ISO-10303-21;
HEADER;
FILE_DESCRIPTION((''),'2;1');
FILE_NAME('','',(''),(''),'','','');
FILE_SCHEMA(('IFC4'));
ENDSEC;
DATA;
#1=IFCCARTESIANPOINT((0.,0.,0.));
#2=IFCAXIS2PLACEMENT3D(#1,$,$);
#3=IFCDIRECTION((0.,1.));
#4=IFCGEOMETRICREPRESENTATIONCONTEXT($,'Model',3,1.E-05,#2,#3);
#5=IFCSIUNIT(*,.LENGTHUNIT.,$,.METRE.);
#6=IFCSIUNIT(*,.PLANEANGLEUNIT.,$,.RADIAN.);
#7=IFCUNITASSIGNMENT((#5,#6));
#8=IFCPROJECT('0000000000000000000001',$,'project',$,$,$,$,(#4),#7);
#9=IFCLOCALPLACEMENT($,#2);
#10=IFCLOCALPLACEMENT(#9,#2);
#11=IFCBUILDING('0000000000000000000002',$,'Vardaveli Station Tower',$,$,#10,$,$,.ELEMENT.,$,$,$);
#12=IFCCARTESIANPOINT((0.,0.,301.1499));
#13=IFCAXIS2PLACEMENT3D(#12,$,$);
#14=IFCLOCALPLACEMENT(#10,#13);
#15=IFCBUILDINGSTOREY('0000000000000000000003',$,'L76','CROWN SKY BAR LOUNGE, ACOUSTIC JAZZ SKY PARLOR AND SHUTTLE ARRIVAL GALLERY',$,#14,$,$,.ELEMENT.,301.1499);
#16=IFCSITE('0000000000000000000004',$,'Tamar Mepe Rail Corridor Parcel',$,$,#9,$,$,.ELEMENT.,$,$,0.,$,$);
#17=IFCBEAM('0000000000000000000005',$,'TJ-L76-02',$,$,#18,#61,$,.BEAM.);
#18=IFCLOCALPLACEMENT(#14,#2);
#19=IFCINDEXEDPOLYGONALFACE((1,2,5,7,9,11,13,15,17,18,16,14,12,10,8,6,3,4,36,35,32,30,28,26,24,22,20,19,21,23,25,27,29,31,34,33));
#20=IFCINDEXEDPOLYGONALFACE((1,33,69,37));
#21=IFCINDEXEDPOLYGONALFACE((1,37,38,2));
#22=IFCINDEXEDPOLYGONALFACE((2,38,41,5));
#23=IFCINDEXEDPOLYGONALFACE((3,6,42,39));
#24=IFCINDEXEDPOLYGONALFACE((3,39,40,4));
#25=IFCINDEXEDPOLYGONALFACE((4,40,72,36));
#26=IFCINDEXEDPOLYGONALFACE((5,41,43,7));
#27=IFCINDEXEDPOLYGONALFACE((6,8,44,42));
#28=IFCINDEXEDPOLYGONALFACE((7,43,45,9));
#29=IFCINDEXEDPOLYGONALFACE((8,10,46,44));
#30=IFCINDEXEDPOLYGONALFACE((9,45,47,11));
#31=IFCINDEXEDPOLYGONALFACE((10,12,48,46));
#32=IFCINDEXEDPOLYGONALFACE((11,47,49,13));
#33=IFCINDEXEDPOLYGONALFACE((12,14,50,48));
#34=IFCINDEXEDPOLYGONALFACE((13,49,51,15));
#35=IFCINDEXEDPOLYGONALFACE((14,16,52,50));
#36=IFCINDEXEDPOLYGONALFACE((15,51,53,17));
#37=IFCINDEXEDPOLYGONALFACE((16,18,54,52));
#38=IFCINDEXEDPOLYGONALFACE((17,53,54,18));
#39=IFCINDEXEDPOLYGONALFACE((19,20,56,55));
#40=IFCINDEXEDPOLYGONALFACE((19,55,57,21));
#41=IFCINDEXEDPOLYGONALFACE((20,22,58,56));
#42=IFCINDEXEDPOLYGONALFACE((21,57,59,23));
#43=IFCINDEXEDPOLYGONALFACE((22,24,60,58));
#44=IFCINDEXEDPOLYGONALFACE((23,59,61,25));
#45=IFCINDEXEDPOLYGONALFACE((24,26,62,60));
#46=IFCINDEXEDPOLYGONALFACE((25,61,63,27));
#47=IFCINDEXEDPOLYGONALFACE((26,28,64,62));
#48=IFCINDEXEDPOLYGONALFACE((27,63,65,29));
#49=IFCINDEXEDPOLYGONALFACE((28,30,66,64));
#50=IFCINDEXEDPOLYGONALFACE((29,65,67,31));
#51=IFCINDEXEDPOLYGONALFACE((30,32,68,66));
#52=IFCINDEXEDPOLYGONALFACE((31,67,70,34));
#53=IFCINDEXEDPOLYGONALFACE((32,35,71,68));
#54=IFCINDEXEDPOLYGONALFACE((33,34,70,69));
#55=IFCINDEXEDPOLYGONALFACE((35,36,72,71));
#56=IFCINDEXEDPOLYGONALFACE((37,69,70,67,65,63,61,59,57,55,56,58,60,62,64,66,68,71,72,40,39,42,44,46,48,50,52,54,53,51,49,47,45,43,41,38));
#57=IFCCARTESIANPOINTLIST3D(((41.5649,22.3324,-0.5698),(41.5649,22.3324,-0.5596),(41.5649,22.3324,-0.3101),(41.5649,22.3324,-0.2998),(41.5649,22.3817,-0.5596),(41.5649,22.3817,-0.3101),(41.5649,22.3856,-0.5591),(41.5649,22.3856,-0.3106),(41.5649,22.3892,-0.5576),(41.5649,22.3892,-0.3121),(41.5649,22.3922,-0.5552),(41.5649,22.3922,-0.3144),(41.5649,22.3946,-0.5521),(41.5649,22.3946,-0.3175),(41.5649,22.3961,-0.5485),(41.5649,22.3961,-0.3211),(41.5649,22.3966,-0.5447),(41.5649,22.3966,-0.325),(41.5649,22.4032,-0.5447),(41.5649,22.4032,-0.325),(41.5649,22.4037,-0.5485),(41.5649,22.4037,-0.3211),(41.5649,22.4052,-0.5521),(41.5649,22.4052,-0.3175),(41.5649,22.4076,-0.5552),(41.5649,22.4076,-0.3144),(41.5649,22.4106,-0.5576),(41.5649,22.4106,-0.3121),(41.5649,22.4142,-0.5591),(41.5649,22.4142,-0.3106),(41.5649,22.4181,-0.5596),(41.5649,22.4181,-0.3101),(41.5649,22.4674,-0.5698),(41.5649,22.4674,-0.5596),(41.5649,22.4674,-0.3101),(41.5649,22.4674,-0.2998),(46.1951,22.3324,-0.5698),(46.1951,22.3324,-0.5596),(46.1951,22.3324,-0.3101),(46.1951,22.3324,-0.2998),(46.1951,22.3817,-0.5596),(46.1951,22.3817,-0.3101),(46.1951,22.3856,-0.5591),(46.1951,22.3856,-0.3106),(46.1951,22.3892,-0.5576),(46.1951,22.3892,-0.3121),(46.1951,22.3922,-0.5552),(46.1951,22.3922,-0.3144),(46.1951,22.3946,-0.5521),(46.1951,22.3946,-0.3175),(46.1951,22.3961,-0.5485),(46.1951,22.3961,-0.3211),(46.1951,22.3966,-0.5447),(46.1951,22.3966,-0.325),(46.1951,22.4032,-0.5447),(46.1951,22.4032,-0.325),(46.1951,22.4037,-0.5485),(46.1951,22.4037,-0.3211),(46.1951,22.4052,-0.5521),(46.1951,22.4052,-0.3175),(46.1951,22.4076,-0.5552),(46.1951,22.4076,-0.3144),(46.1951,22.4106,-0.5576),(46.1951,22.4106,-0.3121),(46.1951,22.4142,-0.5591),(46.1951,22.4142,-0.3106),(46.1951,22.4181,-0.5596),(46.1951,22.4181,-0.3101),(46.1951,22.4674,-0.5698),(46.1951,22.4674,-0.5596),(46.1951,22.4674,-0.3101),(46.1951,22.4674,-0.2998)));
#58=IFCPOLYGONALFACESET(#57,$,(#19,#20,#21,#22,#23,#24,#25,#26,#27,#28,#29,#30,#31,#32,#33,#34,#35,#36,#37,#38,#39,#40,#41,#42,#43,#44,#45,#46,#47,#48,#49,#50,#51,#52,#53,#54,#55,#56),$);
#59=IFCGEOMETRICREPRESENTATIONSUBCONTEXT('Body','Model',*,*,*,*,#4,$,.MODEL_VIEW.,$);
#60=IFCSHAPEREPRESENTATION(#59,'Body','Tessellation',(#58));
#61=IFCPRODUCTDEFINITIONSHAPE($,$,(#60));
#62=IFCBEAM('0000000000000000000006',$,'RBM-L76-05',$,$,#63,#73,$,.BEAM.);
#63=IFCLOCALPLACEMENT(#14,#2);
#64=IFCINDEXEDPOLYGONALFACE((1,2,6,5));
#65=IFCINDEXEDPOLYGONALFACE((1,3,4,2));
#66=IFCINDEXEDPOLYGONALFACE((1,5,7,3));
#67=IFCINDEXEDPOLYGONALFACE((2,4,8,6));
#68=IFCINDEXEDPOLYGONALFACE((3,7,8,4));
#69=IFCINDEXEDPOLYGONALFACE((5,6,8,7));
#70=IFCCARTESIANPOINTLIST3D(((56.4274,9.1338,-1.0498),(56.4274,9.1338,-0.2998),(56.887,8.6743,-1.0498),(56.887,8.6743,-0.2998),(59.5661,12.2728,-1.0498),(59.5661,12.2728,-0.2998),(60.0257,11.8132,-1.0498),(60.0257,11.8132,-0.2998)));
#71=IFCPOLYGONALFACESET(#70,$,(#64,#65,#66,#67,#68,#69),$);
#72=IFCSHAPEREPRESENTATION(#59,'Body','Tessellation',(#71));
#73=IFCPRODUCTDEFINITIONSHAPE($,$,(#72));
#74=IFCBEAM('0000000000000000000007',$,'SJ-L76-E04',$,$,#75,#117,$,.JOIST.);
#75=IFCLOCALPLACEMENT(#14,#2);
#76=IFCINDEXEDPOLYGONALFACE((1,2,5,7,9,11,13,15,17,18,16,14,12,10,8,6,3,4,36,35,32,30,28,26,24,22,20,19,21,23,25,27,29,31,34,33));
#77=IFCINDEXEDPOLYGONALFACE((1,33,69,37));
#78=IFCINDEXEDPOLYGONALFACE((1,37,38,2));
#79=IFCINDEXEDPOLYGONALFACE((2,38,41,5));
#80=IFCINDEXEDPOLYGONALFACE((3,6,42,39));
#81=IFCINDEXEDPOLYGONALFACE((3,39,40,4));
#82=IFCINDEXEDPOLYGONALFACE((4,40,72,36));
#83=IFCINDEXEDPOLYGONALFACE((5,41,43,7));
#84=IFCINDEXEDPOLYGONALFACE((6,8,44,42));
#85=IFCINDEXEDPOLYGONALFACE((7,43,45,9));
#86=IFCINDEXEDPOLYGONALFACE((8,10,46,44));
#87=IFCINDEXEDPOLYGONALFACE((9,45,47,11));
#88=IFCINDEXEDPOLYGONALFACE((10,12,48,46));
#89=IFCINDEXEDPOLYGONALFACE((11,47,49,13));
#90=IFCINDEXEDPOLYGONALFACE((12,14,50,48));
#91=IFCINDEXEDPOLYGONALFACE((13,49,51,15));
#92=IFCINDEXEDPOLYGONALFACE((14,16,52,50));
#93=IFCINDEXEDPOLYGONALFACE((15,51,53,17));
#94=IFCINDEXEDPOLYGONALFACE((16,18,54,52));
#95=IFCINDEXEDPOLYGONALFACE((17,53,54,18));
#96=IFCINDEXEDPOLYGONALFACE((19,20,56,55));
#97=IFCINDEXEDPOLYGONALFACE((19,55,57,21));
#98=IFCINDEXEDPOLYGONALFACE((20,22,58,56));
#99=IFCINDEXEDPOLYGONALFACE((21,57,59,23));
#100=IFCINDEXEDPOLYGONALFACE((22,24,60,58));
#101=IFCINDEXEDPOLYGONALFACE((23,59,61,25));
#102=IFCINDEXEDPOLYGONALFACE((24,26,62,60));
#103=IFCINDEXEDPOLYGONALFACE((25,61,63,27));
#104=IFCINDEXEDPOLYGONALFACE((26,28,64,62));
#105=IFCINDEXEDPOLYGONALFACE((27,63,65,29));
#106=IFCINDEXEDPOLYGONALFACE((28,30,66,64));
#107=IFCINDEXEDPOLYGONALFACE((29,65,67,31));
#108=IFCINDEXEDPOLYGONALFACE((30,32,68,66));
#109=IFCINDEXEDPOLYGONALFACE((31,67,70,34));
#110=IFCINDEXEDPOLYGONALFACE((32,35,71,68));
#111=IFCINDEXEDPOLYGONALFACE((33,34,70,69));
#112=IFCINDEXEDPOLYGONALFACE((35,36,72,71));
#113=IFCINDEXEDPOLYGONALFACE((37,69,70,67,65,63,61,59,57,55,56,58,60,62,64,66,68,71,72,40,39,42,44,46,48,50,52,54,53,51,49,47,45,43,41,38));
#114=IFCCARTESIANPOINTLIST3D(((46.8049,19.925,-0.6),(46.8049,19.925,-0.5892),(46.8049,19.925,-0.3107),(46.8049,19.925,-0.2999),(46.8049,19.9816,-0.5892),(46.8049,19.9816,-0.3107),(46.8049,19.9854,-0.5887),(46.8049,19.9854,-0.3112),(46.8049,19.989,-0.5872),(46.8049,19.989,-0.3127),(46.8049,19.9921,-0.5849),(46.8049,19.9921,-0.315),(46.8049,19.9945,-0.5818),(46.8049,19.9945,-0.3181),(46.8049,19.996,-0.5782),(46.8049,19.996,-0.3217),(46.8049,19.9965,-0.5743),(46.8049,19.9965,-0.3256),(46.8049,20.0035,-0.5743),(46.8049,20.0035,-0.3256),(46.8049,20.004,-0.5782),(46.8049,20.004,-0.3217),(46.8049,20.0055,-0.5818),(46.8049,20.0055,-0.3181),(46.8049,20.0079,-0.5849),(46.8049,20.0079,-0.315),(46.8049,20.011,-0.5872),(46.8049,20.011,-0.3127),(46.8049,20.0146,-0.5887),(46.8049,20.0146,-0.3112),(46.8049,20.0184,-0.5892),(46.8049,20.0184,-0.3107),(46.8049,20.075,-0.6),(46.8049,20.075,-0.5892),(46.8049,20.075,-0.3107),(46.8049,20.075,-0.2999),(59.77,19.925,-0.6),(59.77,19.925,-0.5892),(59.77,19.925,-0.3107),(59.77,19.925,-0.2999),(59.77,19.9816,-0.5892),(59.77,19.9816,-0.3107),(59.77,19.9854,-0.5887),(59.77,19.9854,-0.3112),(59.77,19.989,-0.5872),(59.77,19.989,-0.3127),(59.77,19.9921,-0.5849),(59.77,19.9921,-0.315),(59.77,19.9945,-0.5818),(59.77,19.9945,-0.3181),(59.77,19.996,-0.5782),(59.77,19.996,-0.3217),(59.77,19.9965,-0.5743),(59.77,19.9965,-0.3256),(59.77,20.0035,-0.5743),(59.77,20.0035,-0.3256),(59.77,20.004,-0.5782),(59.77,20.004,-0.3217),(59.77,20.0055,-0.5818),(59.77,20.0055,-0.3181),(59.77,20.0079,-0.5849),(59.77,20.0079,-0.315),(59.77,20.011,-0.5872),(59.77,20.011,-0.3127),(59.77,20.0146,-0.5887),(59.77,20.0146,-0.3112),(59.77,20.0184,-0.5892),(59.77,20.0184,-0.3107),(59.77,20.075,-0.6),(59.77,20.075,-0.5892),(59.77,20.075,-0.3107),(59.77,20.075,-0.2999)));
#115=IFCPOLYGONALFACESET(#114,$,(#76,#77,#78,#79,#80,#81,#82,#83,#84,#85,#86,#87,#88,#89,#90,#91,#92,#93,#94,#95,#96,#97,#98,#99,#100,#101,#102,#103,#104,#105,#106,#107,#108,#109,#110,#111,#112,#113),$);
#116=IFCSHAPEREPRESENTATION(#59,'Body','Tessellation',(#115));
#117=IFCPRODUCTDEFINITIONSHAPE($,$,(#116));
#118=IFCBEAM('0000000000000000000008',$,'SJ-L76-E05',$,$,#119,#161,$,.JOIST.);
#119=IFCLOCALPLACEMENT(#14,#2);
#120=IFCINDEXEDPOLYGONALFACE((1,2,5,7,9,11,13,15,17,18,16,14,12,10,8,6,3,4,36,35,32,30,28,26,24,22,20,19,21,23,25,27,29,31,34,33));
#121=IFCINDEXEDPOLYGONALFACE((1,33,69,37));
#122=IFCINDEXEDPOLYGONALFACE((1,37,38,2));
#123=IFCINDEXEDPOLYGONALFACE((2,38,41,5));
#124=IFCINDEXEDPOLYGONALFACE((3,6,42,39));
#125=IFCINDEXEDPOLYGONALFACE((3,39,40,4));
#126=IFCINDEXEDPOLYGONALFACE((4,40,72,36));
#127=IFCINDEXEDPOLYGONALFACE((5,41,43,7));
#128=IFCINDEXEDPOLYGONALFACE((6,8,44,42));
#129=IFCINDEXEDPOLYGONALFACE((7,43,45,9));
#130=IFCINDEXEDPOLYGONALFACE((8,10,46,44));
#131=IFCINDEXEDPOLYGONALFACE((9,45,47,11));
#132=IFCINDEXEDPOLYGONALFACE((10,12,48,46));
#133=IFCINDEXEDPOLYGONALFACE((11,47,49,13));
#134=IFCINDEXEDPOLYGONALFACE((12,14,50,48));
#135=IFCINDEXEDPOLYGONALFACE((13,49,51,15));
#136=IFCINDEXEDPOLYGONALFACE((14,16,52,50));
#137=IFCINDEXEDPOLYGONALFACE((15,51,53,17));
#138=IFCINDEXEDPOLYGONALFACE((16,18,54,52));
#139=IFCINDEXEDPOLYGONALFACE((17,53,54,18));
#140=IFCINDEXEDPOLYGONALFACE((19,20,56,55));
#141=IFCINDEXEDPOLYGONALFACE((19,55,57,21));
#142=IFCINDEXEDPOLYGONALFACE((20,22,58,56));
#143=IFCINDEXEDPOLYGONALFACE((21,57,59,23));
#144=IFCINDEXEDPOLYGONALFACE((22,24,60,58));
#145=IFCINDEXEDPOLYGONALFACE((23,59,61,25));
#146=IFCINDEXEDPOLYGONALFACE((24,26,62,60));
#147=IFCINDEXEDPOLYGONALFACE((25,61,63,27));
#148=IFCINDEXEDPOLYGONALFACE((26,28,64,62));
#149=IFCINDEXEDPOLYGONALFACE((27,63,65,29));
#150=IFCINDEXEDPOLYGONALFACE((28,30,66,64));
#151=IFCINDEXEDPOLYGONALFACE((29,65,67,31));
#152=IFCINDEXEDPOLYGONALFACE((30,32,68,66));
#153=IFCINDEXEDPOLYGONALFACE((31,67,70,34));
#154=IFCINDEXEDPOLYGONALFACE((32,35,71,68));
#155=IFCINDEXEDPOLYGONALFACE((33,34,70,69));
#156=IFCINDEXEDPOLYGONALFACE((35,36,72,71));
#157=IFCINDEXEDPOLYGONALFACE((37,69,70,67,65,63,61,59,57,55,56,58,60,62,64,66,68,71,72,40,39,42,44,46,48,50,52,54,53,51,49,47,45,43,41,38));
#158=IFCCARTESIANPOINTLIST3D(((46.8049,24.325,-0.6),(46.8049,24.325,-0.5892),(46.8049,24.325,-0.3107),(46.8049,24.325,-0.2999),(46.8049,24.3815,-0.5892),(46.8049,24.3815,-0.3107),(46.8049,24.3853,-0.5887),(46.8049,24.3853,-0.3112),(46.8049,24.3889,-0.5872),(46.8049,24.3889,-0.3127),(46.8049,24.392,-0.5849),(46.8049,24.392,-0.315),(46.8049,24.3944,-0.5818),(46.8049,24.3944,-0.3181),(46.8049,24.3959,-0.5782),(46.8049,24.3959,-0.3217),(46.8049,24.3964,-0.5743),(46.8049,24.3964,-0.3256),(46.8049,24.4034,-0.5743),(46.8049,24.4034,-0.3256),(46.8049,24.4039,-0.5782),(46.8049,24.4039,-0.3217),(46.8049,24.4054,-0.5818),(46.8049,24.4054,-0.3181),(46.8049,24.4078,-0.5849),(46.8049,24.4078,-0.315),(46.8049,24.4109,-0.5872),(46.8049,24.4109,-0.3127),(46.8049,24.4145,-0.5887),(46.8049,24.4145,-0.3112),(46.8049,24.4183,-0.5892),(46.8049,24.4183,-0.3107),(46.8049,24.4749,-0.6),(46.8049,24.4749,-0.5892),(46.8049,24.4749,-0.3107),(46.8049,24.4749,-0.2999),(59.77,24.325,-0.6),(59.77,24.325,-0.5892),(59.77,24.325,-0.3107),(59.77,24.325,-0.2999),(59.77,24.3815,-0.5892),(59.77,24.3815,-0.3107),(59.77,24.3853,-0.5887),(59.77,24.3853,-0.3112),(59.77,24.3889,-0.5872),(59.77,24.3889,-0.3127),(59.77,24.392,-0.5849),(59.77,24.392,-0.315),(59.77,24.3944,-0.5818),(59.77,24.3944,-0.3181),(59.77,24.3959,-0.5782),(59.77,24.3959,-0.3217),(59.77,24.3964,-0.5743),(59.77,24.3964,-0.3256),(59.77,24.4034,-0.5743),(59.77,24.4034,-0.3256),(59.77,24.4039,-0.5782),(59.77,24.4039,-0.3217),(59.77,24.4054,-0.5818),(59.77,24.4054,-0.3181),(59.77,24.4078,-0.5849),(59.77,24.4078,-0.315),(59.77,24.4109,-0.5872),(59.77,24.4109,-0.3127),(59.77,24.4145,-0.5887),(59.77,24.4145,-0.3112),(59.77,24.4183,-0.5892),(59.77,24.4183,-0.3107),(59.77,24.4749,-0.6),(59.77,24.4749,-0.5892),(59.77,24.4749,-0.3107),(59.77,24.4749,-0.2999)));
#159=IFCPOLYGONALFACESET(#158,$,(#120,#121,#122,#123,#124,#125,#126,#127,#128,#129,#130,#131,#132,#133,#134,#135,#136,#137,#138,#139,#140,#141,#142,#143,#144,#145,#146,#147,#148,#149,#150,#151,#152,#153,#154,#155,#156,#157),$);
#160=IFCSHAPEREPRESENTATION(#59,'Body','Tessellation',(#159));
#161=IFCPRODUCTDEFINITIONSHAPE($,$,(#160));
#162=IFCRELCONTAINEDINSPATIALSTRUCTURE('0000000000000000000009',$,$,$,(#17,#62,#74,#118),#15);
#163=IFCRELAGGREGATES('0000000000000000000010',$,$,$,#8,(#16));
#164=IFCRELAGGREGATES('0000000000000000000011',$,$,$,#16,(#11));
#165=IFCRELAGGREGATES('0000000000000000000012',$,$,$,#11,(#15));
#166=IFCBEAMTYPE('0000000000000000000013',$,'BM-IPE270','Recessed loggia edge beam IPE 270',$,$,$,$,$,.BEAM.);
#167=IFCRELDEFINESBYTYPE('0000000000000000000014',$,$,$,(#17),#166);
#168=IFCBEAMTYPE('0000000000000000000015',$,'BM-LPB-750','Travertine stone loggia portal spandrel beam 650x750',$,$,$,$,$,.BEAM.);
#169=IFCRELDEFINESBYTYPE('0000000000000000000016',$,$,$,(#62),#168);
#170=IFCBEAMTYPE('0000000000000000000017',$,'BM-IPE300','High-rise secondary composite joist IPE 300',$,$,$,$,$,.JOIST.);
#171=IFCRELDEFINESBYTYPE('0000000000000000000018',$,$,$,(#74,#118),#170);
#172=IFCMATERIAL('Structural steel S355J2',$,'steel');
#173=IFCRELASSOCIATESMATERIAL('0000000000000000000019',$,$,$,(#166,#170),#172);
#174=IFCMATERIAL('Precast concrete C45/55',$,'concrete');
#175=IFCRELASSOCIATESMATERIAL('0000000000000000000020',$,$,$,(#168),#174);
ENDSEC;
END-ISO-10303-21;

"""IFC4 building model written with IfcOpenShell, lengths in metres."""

from ifc_helpers import new_model, si_unit, direction, frame, origin, origin_2d, place, context, subcontext, project, spatial, rectangle, i_section, extrude, source, transform, mapped, material, material_profile, profile_set, type_object, element, save


model = new_model("IFC4")

# Units and contexts
model_context = context("Model", 3, precision=1e-05, world=origin(), true_north=direction((0.0, 1.0)))
body_context = subcontext(model_context, "Body", "Model", "MODEL_VIEW")
ifc_project = project(units=[si_unit("LENGTHUNIT", "METRE"), si_unit("PLANEANGLEUNIT", "RADIAN")], contexts=[model_context])

# Site, building, storey
site_placement = place(None, origin())
site = spatial("IfcSite", under=ifc_project, at=site_placement, Name="Tamar Mepe Rail Corridor Parcel", CompositionType="ELEMENT", RefElevation=0.0)
building_placement = place(site_placement, origin())
building = spatial("IfcBuilding", under=site, at=building_placement, Name="Vardaveli Station Tower", CompositionType="ELEMENT")
storey_placement = place(building_placement, frame((0.0, 0.0, 301.1499)))
storey = spatial("IfcBuildingStorey", under=building, at=storey_placement, Name="L76", Description="CROWN SKY BAR LOUNGE, ACOUSTIC JAZZ SKY PARLOR AND SHUTTLE ARRIVAL GALLERY", CompositionType="ELEMENT", Elevation=301.1499)

# Beams
ifc_material_1 = material(Name="Structural steel S355J2", Category="steel")
ifc_material_profile_1 = material_profile(ifc_material_1, i_section(OverallWidth=0.135, OverallDepth=0.27, WebThickness=0.0066, FlangeThickness=0.0103, FilletRadius=0.0149, at=origin_2d()), Name="IPE 270")
ifc_profile_set_1 = profile_set([ifc_material_profile_1], Name="Structural steel S355J2")
beam_type_1 = type_object("IfcBeamType", Name="BM-IPE270", Description="Recessed loggia edge beam IPE 270", PredefinedType="BEAM", material=ifc_profile_set_1)
shared_shape_1 = source(origin(), body_context, "Body", "SweptSolid", [
    extrude(i_section(OverallWidth=0.135, OverallDepth=0.27, WebThickness=0.0066, FlangeThickness=0.0103, FilletRadius=0.0149, at=origin_2d()), origin(), (0.0, 0.0, 1.0), 4.6301),
])
for number, where, z_axis, x_axis, name in (
    (1, (41.5649, 22.3999, -0.4348), (1.0, 0.0, 0.0), (0.0, 1.0, 0.0), "TJ-L76-02"),
):
    element("IfcBeam", number, at=place(storey_placement, frame(where, z_axis=z_axis, x_axis=x_axis)), inside=storey, type_object=beam_type_1, Name=name, PredefinedType="BEAM", context=body_context, shape_type="MappedRepresentation", body=[
        mapped(shared_shape_1, transform((0.0, 0.0, 0.0), scale=1.0)),
    ])
ifc_material_2 = material(Name="Precast concrete C45/55", Category="concrete")
ifc_material_profile_2 = material_profile(ifc_material_2, rectangle(XDim=0.6499, YDim=0.75, at=origin_2d()), Name="LPB 650x750")
ifc_profile_set_2 = profile_set([ifc_material_profile_2], Name="Precast concrete C45/55")
beam_type_2 = type_object("IfcBeamType", Name="BM-LPB-750", Description="Travertine stone loggia portal spandrel beam 650x750", PredefinedType="BEAM", material=ifc_profile_set_2)
shared_shape_2 = source(origin(), body_context, "Body", "SweptSolid", [
    extrude(rectangle(XDim=0.6499, YDim=0.75, at=origin_2d()), origin(), (0.0, 0.0, 1.0), 4.439),
])
beam_1_placement = place(storey_placement, frame((56.6572, 8.9041, -0.6748), z_axis=(0.707079, 0.707134, 0.0), x_axis=(-0.707134, 0.707079, 0.0)))
element("IfcBeam", 2, at=beam_1_placement, inside=storey, type_object=beam_type_2, Name="RBM-L76-05", PredefinedType="BEAM", context=body_context, shape_type="MappedRepresentation", body=[
    mapped(shared_shape_2, transform((0.0, 0.0, 0.0), scale=1.0)),
])
ifc_material_profile_3 = material_profile(ifc_material_1, i_section(OverallWidth=0.1499, OverallDepth=0.3, WebThickness=0.0071, FlangeThickness=0.0107, FilletRadius=0.0149, at=origin_2d()), Name="IPE 300")
ifc_profile_set_3 = profile_set([ifc_material_profile_3], Name="Structural steel S355J2")
beam_type_3 = type_object("IfcBeamType", Name="BM-IPE300", Description="High-rise secondary composite joist IPE 300", PredefinedType="JOIST", material=ifc_profile_set_3)
shared_shape_3 = source(origin(), body_context, "Body", "SweptSolid", [
    extrude(i_section(OverallWidth=0.1499, OverallDepth=0.3, WebThickness=0.0071, FlangeThickness=0.0107, FilletRadius=0.0149, at=origin_2d()), origin(), (0.0, 0.0, 1.0), 12.9651),
])
for number, where, z_axis, x_axis, name in (
    (3, (46.8049, 20.0, -0.45), (1.0, 0.0, 0.0), (0.0, 1.0, 0.0), "SJ-L76-E04"),
    (4, (46.8049, 24.3999, -0.45), (1.0, 0.0, 0.0), (0.0, 1.0, 0.0), "SJ-L76-E05"),
):
    element("IfcBeam", number, at=place(storey_placement, frame(where, z_axis=z_axis, x_axis=x_axis)), inside=storey, type_object=beam_type_3, Name=name, PredefinedType="JOIST", context=body_context, shape_type="MappedRepresentation", body=[
        mapped(shared_shape_3, transform((0.0, 0.0, 0.0), scale=1.0)),
    ])

save(model, "model.ifc")
